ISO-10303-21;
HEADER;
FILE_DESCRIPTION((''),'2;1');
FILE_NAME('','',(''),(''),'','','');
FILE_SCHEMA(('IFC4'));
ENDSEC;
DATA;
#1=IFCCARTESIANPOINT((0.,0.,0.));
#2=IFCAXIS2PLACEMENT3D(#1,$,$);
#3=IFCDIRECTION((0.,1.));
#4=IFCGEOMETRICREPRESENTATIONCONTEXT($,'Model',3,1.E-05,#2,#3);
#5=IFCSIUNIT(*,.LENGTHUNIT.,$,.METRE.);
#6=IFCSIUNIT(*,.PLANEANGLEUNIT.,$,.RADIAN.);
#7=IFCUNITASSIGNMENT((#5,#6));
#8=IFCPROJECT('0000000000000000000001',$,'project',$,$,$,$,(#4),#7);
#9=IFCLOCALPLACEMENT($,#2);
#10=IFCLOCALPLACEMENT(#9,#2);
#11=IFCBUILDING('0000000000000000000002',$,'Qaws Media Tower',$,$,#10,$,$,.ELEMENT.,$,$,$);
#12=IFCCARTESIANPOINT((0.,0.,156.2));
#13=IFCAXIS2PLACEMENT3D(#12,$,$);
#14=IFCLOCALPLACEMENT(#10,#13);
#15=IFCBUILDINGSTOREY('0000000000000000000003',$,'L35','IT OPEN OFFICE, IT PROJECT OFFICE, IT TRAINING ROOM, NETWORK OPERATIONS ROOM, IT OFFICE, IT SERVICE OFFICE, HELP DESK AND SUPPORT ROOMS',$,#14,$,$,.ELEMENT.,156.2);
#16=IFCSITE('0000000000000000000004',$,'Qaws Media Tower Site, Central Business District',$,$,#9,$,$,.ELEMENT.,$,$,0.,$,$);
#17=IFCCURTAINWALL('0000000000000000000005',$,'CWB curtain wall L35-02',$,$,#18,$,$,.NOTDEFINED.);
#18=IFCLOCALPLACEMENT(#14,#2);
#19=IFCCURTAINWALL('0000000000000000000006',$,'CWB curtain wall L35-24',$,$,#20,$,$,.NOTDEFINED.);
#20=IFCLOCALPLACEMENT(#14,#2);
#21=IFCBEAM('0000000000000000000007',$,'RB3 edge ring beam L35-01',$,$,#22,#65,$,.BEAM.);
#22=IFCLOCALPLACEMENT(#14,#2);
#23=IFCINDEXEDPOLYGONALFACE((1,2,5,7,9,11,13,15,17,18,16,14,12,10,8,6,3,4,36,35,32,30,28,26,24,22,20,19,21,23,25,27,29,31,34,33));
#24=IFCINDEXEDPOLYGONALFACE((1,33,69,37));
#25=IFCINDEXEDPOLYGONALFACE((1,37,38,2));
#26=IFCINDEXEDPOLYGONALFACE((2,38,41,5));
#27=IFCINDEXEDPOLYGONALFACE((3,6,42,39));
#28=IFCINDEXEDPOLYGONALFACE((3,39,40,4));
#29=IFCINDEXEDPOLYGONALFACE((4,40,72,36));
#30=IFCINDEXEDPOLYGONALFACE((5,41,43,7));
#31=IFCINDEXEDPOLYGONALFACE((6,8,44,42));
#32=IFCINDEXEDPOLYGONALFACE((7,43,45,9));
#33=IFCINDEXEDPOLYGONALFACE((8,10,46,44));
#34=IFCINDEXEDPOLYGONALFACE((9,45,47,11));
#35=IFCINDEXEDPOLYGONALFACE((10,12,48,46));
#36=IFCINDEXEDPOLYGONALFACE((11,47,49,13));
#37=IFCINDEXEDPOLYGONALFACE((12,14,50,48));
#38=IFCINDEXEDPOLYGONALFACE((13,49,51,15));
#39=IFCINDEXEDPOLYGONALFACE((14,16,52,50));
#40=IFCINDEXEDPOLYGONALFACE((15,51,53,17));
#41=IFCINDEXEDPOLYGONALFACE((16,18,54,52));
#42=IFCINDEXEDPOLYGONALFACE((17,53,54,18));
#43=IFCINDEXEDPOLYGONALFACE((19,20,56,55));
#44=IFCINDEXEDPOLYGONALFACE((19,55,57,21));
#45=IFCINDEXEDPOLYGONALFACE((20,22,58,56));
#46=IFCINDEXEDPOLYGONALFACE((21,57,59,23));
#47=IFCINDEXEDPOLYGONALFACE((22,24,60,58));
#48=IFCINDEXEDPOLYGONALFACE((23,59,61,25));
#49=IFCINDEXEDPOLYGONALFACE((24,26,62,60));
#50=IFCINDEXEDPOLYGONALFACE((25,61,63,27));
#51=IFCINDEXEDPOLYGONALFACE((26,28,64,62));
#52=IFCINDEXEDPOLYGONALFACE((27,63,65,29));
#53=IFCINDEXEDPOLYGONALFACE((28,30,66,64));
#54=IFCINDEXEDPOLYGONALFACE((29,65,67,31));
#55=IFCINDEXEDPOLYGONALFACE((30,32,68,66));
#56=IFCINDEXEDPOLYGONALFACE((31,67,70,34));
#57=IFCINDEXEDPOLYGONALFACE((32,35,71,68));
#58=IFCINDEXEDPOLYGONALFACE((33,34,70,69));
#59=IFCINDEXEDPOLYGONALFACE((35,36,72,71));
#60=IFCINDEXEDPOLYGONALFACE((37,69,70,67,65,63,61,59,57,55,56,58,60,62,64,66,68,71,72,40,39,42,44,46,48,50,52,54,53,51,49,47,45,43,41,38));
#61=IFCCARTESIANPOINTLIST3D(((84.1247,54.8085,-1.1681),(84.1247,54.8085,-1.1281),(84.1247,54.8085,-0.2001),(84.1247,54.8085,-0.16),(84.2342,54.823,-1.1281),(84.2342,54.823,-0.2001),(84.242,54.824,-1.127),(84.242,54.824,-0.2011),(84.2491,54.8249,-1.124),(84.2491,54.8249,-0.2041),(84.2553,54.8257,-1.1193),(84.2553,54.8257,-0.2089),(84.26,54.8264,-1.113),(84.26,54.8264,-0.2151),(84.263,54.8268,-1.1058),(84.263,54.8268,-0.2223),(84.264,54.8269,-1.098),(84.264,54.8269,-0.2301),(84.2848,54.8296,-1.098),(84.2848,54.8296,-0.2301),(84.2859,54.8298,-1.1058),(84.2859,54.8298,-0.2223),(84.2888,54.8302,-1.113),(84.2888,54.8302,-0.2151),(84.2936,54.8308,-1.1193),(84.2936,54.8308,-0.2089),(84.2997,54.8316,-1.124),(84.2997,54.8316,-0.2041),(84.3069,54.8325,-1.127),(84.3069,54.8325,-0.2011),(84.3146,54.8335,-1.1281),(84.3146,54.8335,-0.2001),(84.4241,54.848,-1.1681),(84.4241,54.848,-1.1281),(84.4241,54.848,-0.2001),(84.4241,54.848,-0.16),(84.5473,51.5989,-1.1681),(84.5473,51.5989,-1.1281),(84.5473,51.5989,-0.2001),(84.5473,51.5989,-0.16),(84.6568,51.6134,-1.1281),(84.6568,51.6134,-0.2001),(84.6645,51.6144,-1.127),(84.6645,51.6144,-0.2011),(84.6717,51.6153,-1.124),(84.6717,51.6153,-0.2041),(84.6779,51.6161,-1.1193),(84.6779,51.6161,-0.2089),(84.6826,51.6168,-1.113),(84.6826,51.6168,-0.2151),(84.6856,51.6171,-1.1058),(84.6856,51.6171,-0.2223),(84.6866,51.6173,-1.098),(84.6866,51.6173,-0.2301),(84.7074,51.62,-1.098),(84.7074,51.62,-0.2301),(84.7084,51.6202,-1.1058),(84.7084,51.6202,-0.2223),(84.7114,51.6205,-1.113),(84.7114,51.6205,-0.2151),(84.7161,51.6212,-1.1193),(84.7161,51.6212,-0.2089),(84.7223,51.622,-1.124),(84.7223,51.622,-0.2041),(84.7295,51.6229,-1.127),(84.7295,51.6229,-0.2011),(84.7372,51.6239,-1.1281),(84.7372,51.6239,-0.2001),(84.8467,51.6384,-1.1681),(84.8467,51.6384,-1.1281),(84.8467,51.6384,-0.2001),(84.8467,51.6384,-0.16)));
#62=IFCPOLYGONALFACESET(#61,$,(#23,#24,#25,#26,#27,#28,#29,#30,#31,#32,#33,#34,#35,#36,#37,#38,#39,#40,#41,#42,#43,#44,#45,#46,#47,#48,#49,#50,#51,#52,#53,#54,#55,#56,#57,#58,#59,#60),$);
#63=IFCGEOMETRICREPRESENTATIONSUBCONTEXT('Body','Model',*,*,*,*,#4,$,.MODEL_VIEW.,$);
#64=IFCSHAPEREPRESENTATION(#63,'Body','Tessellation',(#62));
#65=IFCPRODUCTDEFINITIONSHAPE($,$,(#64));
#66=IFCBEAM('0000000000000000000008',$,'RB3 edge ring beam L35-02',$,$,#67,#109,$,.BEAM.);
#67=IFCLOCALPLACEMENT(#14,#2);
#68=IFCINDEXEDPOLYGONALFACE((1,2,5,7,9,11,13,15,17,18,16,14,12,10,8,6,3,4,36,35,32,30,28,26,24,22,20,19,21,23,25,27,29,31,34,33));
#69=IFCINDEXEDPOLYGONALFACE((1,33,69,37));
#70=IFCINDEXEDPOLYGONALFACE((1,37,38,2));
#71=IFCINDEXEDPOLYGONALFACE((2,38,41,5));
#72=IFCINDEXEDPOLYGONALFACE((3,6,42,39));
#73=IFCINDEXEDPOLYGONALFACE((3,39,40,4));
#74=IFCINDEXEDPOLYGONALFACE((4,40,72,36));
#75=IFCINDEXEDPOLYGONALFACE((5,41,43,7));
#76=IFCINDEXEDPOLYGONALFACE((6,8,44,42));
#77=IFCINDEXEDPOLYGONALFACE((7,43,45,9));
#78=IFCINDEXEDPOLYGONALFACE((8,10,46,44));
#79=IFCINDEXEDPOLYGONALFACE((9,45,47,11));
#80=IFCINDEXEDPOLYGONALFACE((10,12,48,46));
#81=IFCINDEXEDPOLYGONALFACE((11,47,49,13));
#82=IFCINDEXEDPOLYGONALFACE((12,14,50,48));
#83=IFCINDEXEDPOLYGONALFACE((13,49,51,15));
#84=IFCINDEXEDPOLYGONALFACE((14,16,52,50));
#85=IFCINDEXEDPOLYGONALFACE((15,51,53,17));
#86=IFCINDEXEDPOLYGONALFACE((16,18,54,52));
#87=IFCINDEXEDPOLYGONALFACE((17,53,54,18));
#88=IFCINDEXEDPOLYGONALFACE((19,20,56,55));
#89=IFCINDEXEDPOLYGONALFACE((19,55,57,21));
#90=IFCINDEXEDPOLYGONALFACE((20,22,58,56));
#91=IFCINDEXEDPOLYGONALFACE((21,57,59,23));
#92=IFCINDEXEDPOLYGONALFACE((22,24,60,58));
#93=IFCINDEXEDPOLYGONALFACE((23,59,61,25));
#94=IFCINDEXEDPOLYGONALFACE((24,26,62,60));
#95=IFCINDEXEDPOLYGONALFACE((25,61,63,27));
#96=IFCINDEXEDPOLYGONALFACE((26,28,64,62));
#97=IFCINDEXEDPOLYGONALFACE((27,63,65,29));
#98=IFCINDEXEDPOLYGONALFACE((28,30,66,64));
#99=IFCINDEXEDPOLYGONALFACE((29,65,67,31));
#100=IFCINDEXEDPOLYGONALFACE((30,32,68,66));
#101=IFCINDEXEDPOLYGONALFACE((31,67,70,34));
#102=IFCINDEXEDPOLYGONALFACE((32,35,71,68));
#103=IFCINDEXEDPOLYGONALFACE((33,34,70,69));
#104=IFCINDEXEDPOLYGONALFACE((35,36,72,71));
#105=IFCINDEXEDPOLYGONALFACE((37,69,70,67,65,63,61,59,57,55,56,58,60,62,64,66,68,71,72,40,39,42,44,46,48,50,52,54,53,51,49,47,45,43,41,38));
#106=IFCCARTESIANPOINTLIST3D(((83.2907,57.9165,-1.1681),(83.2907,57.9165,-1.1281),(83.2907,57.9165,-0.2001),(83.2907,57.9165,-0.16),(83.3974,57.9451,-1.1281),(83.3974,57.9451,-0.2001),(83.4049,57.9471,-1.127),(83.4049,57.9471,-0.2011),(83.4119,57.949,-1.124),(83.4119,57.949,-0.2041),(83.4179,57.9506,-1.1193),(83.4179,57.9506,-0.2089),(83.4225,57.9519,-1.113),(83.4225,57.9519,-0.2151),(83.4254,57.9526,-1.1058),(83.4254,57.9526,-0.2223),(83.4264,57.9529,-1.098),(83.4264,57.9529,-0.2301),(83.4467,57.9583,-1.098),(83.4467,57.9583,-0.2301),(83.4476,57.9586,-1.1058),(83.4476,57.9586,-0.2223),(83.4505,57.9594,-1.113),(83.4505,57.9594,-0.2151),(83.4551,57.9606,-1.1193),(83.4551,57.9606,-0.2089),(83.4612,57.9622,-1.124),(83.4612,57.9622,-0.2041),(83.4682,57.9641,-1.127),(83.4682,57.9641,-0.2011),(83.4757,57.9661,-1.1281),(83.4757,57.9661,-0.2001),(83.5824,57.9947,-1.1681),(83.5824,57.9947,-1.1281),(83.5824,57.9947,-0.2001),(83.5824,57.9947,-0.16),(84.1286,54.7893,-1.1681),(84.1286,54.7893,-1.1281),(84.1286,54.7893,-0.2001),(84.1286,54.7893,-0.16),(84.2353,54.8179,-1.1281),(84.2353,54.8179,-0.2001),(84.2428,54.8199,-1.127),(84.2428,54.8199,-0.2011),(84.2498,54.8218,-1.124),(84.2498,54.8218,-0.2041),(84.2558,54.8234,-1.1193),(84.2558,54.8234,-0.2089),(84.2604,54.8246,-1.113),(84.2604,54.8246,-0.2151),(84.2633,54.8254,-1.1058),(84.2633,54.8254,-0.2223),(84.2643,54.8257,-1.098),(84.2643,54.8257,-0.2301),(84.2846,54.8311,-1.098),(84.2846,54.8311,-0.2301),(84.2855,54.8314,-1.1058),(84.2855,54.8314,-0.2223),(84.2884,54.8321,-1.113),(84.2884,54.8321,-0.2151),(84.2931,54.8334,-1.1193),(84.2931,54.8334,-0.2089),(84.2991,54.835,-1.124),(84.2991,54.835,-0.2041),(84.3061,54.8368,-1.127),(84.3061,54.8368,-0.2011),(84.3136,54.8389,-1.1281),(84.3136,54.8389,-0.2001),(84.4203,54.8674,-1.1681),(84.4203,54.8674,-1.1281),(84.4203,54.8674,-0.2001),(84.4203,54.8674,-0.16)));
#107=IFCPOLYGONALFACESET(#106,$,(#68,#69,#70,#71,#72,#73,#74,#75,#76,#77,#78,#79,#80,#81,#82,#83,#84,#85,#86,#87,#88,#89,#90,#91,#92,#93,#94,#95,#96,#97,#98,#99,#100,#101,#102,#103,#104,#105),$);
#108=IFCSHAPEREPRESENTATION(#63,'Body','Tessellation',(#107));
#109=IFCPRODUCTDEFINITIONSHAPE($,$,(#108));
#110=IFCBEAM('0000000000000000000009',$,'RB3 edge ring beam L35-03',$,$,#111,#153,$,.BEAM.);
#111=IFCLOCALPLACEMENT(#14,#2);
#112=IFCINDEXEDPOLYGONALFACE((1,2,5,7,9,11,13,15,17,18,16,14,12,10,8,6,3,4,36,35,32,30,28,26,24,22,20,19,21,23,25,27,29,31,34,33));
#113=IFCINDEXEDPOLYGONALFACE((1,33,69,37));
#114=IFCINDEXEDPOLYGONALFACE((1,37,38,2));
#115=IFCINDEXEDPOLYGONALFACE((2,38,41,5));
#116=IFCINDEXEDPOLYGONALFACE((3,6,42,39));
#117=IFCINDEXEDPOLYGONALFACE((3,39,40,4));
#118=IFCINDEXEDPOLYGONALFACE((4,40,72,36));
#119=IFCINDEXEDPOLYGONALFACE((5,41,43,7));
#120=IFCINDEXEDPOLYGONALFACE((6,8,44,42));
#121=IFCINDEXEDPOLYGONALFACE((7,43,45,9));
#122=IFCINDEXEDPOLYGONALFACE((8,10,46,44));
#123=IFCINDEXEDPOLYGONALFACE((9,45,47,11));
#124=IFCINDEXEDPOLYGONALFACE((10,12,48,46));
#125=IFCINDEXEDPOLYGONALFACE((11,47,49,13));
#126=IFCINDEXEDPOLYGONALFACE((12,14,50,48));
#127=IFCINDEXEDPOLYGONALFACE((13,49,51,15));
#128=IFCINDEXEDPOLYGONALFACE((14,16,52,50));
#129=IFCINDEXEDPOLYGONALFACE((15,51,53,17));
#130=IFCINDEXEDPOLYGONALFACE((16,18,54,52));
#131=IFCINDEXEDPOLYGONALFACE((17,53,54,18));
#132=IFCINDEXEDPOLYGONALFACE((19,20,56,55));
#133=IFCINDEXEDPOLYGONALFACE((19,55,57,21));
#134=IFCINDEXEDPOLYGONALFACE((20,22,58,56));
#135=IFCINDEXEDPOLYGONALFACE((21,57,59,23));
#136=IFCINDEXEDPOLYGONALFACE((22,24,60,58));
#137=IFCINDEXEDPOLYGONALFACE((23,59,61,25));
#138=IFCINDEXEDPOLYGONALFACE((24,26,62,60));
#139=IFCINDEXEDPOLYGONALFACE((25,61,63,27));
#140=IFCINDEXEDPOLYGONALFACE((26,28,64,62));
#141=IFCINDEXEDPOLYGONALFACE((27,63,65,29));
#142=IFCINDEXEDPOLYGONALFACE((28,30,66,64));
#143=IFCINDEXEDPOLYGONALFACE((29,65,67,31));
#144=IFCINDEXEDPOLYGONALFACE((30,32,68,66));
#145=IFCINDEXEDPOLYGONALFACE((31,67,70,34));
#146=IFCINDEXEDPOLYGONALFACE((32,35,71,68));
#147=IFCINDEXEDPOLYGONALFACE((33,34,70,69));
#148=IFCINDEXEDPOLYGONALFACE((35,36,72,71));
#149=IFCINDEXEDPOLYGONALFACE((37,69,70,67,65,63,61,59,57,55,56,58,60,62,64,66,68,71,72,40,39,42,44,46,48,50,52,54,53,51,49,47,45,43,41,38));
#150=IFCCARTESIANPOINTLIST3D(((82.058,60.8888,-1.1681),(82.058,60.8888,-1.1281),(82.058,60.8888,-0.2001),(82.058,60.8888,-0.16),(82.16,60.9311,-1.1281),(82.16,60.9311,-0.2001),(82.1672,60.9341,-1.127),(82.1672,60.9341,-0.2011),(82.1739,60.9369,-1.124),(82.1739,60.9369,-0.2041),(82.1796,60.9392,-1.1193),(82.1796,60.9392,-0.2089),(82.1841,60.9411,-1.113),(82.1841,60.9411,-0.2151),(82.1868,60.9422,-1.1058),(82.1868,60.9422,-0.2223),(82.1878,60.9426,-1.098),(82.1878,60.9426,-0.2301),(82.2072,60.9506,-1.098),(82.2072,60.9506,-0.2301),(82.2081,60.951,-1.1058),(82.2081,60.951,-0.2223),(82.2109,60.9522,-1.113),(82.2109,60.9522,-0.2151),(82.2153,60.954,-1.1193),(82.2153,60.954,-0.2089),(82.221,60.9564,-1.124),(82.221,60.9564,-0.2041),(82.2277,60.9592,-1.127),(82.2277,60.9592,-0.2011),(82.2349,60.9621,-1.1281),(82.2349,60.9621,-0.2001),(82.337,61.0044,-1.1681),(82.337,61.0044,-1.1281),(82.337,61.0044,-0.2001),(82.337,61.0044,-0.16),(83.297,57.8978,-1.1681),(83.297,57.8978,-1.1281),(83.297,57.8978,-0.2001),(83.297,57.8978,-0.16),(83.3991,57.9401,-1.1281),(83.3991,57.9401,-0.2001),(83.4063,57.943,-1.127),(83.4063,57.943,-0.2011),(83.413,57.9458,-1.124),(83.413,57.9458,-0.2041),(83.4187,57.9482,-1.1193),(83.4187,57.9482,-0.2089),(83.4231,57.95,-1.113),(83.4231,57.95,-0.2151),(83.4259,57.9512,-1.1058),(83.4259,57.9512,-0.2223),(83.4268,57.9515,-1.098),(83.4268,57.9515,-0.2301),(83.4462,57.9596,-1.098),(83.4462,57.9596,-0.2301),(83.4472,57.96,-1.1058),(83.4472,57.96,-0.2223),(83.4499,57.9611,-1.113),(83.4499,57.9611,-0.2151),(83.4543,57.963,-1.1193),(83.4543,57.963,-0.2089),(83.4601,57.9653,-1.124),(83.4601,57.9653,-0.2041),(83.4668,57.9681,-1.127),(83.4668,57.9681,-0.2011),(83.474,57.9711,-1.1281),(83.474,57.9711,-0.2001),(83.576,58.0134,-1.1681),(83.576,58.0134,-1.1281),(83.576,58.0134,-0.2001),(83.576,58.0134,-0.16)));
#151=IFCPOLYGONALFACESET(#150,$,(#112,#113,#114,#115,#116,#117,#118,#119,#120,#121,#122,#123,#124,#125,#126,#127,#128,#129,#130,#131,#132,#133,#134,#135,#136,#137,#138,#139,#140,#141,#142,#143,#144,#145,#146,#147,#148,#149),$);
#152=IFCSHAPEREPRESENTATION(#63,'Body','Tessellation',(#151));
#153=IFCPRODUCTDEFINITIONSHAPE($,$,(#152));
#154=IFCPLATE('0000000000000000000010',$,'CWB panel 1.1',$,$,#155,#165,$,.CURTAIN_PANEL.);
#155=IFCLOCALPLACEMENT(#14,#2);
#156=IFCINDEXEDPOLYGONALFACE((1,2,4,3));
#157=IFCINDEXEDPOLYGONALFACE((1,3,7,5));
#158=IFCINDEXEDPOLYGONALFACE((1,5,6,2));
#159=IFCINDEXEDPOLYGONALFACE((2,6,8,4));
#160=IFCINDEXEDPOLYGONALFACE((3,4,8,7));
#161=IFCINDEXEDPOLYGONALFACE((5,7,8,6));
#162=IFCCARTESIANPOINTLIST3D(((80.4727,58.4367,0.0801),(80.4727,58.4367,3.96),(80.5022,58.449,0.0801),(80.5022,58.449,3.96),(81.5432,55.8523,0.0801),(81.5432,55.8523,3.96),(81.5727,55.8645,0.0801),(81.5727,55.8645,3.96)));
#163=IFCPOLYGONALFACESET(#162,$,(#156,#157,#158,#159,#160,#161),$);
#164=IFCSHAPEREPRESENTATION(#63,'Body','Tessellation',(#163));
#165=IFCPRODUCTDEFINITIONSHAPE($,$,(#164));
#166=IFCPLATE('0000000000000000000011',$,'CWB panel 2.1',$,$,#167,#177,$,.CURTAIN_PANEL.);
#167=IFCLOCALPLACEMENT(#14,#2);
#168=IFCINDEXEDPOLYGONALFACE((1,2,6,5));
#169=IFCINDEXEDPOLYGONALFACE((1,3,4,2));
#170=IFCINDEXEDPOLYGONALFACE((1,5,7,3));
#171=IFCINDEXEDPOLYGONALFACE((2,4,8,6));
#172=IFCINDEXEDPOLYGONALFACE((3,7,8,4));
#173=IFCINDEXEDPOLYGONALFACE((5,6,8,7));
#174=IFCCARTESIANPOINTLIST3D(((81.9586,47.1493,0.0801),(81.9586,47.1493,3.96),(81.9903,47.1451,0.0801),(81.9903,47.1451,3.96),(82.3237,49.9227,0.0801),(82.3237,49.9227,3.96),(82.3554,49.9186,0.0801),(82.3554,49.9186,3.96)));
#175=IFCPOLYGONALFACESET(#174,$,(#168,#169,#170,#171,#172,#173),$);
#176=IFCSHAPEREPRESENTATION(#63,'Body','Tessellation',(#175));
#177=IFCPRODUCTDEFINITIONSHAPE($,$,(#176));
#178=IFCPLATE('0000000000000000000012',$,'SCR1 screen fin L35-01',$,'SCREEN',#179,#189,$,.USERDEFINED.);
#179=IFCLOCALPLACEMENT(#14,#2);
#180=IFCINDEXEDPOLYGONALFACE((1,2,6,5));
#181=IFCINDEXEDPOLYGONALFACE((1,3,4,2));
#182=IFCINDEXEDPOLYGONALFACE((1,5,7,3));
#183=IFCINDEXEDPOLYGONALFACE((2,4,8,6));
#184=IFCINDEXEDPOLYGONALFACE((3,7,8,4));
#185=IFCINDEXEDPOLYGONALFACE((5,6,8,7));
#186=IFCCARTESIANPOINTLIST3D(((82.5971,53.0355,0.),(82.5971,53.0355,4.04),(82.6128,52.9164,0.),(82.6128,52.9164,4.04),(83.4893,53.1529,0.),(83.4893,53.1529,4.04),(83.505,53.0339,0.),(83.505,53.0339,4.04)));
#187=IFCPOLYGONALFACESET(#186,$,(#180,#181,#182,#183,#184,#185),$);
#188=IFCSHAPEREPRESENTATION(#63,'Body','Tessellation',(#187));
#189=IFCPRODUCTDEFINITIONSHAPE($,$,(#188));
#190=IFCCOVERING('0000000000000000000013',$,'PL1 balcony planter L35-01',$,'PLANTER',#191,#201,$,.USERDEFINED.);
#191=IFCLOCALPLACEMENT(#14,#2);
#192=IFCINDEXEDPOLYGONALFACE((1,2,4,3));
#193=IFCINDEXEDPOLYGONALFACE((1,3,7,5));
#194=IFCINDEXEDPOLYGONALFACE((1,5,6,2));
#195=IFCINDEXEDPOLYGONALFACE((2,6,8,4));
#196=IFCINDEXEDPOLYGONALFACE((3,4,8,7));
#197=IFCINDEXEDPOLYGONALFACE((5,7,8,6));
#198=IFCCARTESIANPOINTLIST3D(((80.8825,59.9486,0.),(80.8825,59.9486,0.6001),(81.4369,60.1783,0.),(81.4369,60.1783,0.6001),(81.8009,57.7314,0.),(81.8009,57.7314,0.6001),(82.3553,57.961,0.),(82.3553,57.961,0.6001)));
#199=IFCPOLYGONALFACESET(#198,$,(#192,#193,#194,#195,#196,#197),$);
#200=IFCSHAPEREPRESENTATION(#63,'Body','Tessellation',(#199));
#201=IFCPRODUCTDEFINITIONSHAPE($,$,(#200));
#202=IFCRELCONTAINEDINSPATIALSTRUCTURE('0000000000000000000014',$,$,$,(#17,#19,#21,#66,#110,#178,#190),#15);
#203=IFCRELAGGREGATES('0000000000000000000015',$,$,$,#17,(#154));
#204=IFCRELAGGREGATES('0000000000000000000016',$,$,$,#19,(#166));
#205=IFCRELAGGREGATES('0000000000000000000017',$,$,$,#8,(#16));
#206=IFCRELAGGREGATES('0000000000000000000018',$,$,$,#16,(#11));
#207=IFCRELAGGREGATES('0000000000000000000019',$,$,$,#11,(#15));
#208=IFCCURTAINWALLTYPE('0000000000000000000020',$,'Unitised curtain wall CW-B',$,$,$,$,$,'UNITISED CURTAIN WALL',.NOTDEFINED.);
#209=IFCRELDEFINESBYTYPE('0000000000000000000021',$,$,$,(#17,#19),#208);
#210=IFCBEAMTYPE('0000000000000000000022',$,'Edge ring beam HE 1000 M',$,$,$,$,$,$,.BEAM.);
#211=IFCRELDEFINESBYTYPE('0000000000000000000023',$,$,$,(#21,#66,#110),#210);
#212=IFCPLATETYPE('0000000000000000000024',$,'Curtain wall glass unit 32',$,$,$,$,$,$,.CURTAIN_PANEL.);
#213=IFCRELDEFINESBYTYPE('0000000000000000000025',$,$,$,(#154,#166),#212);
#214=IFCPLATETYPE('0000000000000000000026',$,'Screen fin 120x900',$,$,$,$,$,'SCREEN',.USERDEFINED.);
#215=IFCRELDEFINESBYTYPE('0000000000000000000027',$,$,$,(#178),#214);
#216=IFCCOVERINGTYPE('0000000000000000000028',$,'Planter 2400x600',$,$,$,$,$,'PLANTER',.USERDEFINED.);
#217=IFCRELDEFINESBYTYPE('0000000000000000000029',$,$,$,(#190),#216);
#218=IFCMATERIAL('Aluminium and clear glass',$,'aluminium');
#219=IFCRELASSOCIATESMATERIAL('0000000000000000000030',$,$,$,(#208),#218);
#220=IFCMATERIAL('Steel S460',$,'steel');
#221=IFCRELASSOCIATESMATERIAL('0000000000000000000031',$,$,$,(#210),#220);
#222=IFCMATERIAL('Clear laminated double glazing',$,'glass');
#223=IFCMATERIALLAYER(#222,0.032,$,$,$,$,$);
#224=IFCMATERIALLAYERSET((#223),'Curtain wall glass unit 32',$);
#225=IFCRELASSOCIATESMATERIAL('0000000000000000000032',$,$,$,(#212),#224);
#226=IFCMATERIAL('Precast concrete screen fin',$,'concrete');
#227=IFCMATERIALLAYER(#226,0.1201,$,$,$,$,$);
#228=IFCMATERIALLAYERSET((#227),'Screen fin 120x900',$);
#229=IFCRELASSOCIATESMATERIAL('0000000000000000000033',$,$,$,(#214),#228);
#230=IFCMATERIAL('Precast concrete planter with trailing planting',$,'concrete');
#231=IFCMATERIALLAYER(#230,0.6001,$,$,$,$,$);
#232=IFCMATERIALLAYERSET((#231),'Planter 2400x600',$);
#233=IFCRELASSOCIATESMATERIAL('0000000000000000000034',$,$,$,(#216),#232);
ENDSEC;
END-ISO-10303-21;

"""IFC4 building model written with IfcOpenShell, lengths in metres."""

from ifc_helpers import new_model, si_unit, direction, frame, origin, origin_2d, place, context, subcontext, project, spatial, rectangle, i_section, extrude, material, layer, layer_set, material_profile, profile_set, type_object, element, aggregate, save


model = new_model("IFC4")

# Units and contexts
model_context = context("Model", 3, precision=1e-05, world=origin(), true_north=direction((0.0, 1.0)))
body_context = subcontext(model_context, "Body", "Model", "MODEL_VIEW")
ifc_project = project(units=[si_unit("LENGTHUNIT", "METRE"), si_unit("PLANEANGLEUNIT", "RADIAN")], contexts=[model_context])

# Site, building, storey
site_placement = place(None, origin())
site = spatial("IfcSite", under=ifc_project, at=site_placement, Name="Qaws Media Tower Site, Central Business District", CompositionType="ELEMENT", RefElevation=0.0)
building_placement = place(site_placement, origin())
building = spatial("IfcBuilding", under=site, at=building_placement, Name="Qaws Media Tower", CompositionType="ELEMENT")
storey_placement = place(building_placement, frame((0.0, 0.0, 156.2)))
storey = spatial("IfcBuildingStorey", under=building, at=storey_placement, Name="L35", Description="IT OPEN OFFICE, IT PROJECT OFFICE, IT TRAINING ROOM, NETWORK OPERATIONS ROOM, IT OFFICE, IT SERVICE OFFICE, HELP DESK AND SUPPORT ROOMS", CompositionType="ELEMENT", Elevation=156.2)

# Curtain wall
ifc_material_1 = material(Name="Aluminium and clear glass", Category="aluminium")
curtain_wall_type = type_object("IfcCurtainWallType", Name="Unitised curtain wall CW-B", ElementType="UNITISED CURTAIN WALL", PredefinedType="NOTDEFINED", material=ifc_material_1)
curtain_wall_1_placement = place(storey_placement, origin())
curtain_wall_1 = element("IfcCurtainWall", 1, at=curtain_wall_1_placement, inside=storey, type_object=curtain_wall_type, Name="CWB curtain wall L35-02", PredefinedType="NOTDEFINED")

# Curtain wall
curtain_wall_2_placement = place(storey_placement, origin())
curtain_wall_2 = element("IfcCurtainWall", 2, at=curtain_wall_2_placement, inside=storey, type_object=curtain_wall_type, Name="CWB curtain wall L35-24", PredefinedType="NOTDEFINED")

# Beams
ifc_material_2 = material(Name="Steel S460", Category="steel")
ifc_material_profile_1 = material_profile(ifc_material_2, i_section(OverallWidth=0.302, OverallDepth=1.0081, WebThickness=0.021, FlangeThickness=0.04, FilletRadius=0.03, at=origin_2d()), Name="HE 1000 M")
ifc_profile_set_1 = profile_set([ifc_material_profile_1], Name="Steel S460")
beam_type = type_object("IfcBeamType", Name="Edge ring beam HE 1000 M", PredefinedType="BEAM", material=ifc_profile_set_1)
beam_placement = place(storey_placement, frame((84.697, 51.6187, -0.6641), z_axis=(-0.130538, 0.991443, 0.0), x_axis=(-0.991443, -0.130538, 0.0)))
element("IfcBeam", 3, at=beam_placement, inside=storey, type_object=beam_type, Name="RB3 edge ring beam L35-01", PredefinedType="BEAM", context=body_context, shape_type="SweptSolid", body=[
    extrude(i_section(OverallWidth=0.302, OverallDepth=1.0081, WebThickness=0.021, FlangeThickness=0.04, FilletRadius=0.03, at=origin_2d()), origin(), (0.0, 0.0, 1.0), 3.2373),
])
for number, where, z_axis, x_axis, name in (
    (4, (84.2744, 54.8284, -0.6641), (-0.258808, 0.965929, 0.0), (-0.965929, -0.258808, 0.0), "RB3 edge ring beam L35-02"),
    (5, (83.4365, 57.9556, -0.6641), (-0.382714, 0.923867, 0.0), (-0.923867, -0.382714, 0.0), "RB3 edge ring beam L35-03"),
):
    element("IfcBeam", number, at=place(storey_placement, frame(where, z_axis=z_axis, x_axis=x_axis)), inside=storey, type_object=beam_type, Name=name, PredefinedType="BEAM", context=body_context, shape_type="SweptSolid", body=[
        extrude(i_section(OverallWidth=0.302, OverallDepth=1.0081, WebThickness=0.021, FlangeThickness=0.04, FilletRadius=0.03, at=origin_2d()), origin(), (0.0, 0.0, 1.0), 3.2375),
    ])

# Plates
ifc_material_3 = material(Name="Clear laminated double glazing", Category="glass")
ifc_layer_1 = layer(ifc_material_3, 0.032)
ifc_layer_set_1 = layer_set([ifc_layer_1], Name="Curtain wall glass unit 32")
plate_type_1 = type_object("IfcPlateType", Name="Curtain wall glass unit 32", PredefinedType="CURTAIN_PANEL", material=ifc_layer_set_1)
plate_1_placement = place(storey_placement, frame((81.0227, 57.1506, 0.0801), z_axis=(0.0, 0.0, 1.0), x_axis=(-0.382683, 0.92388, 0.0)))
plate_1 = element("IfcPlate", 6, at=plate_1_placement, type_object=plate_type_1, Name="CWB panel 1.1", PredefinedType="CURTAIN_PANEL", context=body_context, shape_type="SweptSolid", body=[
    extrude(rectangle(XDim=2.7974, YDim=0.032, at=origin_2d()), origin(), (0.0, 0.0, 1.0), 3.8799),
])
aggregate(curtain_wall_1, [plate_1])
plate_2_placement = place(storey_placement, frame((82.157, 48.5339, 0.0801), z_axis=(0.0, 0.0, 1.0), x_axis=(0.130526, 0.991445, 0.0)))
plate_2 = element("IfcPlate", 7, at=plate_2_placement, type_object=plate_type_1, Name="CWB panel 2.1", PredefinedType="CURTAIN_PANEL", context=body_context, shape_type="SweptSolid", body=[
    extrude(rectangle(XDim=2.7974, YDim=0.032, at=origin_2d()), origin(), (0.0, 0.0, 1.0), 3.8799),
])
aggregate(curtain_wall_2, [plate_2])
ifc_material_4 = material(Name="Precast concrete screen fin", Category="concrete")
ifc_layer_2 = layer(ifc_material_4, 0.1201)
ifc_layer_set_2 = layer_set([ifc_layer_2], Name="Screen fin 120x900")
plate_type_2 = type_object("IfcPlateType", Name="Screen fin 120x900", ElementType="SCREEN", PredefinedType="USERDEFINED", material=ifc_layer_set_2)
plate_3_placement = place(storey_placement, frame((83.051, 53.0347, 0.0), z_axis=(0.0, 0.0, 1.0), x_axis=(0.991445, 0.130526, 0.0)))
element("IfcPlate", 8, at=plate_3_placement, inside=storey, type_object=plate_type_2, Name="SCR1 screen fin L35-01", ObjectType="SCREEN", PredefinedType="USERDEFINED", context=body_context, shape_type="SweptSolid", body=[
    extrude(rectangle(XDim=0.8999, YDim=0.1201, at=origin_2d()), origin(), (0.0, 0.0, 1.0), 4.04),
])

# Covering
ifc_material_5 = material(Name="Precast concrete planter with trailing planting", Category="concrete")
ifc_layer_3 = layer(ifc_material_5, 0.6001)
ifc_layer_set_3 = layer_set([ifc_layer_3], Name="Planter 2400x600")
covering_type = type_object("IfcCoveringType", Name="Planter 2400x600", ElementType="PLANTER", PredefinedType="USERDEFINED", material=ifc_layer_set_3)
covering_placement = place(storey_placement, frame((81.6189, 58.9548, 0.0), z_axis=(0.0, 0.0, 1.0), x_axis=(-0.382683, 0.92388, 0.0)))
element("IfcCovering", 9, at=covering_placement, inside=storey, type_object=covering_type, Name="PL1 balcony planter L35-01", ObjectType="PLANTER", PredefinedType="USERDEFINED", context=body_context, shape_type="SweptSolid", body=[
    extrude(rectangle(XDim=2.3999, YDim=0.6001, at=origin_2d()), origin(), (0.0, 0.0, 1.0), 0.6001),
])

save(model, "model.ifc")
